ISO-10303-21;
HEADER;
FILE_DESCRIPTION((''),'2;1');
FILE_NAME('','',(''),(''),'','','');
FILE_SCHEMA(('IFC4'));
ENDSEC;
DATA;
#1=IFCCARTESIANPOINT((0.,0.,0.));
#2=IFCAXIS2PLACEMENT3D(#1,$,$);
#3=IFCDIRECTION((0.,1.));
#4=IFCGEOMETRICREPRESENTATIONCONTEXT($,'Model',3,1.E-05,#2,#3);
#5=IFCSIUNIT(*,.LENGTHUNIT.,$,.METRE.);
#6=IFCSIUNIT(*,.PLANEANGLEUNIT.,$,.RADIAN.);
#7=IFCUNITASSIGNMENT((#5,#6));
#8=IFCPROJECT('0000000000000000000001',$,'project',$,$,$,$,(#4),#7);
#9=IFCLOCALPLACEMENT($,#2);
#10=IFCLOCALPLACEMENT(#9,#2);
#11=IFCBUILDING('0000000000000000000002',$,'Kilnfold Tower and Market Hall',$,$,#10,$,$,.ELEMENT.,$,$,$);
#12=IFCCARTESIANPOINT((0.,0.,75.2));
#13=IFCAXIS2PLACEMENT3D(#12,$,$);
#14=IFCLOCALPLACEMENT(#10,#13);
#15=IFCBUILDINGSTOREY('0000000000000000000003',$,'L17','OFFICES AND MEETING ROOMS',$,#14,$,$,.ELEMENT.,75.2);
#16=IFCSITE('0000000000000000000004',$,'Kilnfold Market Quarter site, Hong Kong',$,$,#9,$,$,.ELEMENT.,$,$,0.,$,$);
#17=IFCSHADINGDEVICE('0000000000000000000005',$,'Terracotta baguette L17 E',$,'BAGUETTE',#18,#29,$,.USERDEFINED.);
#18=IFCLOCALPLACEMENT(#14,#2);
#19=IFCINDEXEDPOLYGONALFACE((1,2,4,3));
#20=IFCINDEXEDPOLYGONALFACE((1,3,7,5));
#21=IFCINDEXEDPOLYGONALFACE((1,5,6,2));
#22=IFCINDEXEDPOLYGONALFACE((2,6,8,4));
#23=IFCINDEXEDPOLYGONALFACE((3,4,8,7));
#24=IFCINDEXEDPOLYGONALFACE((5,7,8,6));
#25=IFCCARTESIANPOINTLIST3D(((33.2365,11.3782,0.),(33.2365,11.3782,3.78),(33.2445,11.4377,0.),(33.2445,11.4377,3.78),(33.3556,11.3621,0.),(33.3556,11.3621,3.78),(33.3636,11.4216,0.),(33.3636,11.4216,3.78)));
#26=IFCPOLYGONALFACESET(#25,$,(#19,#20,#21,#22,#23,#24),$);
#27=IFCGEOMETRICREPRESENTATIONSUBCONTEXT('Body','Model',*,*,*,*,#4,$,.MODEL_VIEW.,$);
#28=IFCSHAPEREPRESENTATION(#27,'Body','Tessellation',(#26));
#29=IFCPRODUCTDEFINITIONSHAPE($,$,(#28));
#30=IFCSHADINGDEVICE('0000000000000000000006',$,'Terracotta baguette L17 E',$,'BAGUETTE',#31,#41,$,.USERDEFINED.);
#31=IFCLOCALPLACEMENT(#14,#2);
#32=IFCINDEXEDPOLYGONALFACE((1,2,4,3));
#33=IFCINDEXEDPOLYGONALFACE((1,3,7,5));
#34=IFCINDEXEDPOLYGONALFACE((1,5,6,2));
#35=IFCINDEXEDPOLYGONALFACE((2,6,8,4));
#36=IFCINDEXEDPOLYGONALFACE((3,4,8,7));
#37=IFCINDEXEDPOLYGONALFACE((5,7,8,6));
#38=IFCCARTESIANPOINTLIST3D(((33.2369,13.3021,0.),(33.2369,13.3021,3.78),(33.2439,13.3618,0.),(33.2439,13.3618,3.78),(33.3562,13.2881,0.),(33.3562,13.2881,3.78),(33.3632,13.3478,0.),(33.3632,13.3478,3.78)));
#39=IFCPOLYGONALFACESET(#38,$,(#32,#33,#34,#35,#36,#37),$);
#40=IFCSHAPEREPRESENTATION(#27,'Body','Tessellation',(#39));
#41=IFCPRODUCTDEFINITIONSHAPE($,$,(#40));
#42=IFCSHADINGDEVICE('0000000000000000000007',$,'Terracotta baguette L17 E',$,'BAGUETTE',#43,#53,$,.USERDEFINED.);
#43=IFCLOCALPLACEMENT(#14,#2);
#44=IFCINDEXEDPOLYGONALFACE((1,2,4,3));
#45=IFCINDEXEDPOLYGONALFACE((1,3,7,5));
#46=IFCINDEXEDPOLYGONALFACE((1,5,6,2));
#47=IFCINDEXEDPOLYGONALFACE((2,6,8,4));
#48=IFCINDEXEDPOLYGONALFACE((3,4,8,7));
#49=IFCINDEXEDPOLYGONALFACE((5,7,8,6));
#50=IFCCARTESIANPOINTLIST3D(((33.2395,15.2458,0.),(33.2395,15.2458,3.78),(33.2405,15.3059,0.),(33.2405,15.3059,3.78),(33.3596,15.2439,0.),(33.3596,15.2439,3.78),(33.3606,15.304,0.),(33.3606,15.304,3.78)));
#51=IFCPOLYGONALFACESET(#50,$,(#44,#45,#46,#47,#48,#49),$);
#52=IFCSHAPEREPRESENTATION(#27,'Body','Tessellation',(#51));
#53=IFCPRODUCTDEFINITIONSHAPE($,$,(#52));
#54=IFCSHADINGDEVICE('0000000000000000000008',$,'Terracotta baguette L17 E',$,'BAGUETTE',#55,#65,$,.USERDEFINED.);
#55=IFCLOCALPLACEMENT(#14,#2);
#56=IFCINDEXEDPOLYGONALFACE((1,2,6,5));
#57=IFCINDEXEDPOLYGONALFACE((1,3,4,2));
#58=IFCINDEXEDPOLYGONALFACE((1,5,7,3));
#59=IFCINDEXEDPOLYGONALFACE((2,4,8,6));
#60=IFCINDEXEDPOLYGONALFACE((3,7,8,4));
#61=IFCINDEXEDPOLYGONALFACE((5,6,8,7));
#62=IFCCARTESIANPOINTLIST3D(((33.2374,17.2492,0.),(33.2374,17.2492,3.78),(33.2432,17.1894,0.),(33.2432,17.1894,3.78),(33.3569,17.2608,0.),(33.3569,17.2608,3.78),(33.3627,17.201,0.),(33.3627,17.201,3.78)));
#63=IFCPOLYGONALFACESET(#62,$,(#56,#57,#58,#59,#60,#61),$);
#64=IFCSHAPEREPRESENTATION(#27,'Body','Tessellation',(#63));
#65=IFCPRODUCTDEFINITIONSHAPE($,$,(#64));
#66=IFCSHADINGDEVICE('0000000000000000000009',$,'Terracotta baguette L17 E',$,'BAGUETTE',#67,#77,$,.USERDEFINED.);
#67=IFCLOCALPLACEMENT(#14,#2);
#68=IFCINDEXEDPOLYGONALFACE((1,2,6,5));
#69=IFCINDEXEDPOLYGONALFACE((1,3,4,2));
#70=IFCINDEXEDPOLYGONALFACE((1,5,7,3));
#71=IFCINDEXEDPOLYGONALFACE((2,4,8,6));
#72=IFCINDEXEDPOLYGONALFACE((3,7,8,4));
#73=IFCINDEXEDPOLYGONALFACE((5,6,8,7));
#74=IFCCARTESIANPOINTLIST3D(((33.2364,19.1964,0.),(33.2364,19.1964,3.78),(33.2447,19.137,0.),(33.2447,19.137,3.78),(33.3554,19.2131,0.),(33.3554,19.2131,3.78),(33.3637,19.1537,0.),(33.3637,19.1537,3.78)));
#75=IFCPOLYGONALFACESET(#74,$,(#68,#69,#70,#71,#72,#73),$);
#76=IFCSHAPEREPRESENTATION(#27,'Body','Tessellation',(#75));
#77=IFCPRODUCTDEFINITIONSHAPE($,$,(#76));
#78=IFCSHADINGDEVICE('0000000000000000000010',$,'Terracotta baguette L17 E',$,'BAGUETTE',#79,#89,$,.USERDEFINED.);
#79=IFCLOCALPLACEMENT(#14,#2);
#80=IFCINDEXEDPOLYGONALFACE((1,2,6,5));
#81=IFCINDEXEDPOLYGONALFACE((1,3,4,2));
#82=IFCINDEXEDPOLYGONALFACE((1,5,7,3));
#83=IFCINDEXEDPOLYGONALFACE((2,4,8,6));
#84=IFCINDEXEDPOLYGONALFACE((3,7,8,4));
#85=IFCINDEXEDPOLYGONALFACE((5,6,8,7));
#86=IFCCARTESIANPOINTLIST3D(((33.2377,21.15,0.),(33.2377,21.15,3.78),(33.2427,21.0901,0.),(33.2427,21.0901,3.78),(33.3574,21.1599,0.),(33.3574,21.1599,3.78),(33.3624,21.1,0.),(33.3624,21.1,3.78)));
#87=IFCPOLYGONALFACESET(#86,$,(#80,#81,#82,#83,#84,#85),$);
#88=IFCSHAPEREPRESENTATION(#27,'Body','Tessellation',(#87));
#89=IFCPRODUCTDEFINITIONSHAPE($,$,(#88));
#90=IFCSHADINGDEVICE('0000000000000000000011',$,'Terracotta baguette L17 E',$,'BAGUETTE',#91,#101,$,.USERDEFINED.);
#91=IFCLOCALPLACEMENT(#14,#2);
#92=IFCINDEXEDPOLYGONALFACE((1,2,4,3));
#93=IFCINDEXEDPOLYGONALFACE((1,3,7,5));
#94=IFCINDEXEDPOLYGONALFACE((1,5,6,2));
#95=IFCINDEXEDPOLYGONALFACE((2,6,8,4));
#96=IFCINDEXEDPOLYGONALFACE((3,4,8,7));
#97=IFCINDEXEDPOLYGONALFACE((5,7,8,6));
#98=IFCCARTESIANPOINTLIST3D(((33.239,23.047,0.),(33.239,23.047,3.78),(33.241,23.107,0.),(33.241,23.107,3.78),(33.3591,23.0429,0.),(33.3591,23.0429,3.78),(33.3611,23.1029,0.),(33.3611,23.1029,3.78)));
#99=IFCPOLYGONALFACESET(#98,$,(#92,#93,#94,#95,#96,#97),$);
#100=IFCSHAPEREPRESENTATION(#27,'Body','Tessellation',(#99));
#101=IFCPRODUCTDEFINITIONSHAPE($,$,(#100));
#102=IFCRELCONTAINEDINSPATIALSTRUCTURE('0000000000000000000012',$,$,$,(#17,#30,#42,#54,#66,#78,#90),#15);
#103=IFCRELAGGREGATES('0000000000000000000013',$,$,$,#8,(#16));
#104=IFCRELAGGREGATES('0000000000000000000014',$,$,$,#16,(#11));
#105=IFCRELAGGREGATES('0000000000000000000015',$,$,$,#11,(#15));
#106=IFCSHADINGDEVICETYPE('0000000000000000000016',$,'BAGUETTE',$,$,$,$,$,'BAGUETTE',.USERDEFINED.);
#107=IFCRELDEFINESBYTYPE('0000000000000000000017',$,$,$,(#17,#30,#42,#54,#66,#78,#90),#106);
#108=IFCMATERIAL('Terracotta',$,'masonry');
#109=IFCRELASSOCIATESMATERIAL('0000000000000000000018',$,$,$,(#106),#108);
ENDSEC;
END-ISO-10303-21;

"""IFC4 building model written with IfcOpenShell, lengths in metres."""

from ifc_helpers import new_model, si_unit, direction, frame, origin, origin_2d, place, context, subcontext, project, spatial, rectangle, extrude, source, transform, mapped, material, material_profile, profile_set, type_object, element, save


model = new_model("IFC4")

# Units and contexts
model_context = context("Model", 3, precision=1e-05, world=origin(), true_north=direction((0.0, 1.0)))
body_context = subcontext(model_context, "Body", "Model", "MODEL_VIEW")
ifc_project = project(units=[si_unit("LENGTHUNIT", "METRE"), si_unit("PLANEANGLEUNIT", "RADIAN")], contexts=[model_context])

# Site, building, storey
site_placement = place(None, origin())
site = spatial("IfcSite", under=ifc_project, at=site_placement, Name="Kilnfold Market Quarter site, Hong Kong", CompositionType="ELEMENT", RefElevation=0.0)
building_placement = place(site_placement, origin())
building = spatial("IfcBuilding", under=site, at=building_placement, Name="Kilnfold Tower and Market Hall", CompositionType="ELEMENT")
storey_placement = place(building_placement, frame((0.0, 0.0, 75.2)))
storey = spatial("IfcBuildingStorey", under=building, at=storey_placement, Name="L17", Description="OFFICES AND MEETING ROOMS", CompositionType="ELEMENT", Elevation=75.2)

# Shading devices
ifc_material_1 = material(Name="Terracotta", Category="masonry")
ifc_material_profile_1 = material_profile(ifc_material_1, rectangle(XDim=0.0601, YDim=0.1201, at=origin_2d()), Name="BAG 60x120")
ifc_profile_set_1 = profile_set([ifc_material_profile_1], Name="Terracotta")
shading_device_type = type_object("IfcShadingDeviceType", Name="BAGUETTE", ElementType="BAGUETTE", PredefinedType="USERDEFINED", material=ifc_profile_set_1)
shared_shape_1 = source(origin(), body_context, "Body", "SweptSolid", [
    extrude(rectangle(XDim=0.0601, YDim=0.1201, at=origin_2d()), origin(), (0.0, 0.0, 1.0), 3.78),
])
for number, where, z_axis, x_axis, name in (
    (1, (33.3, 11.3999, 0.0), (0.0, 0.0, 1.0), (0.133642, 0.99103, 0.0), "Terracotta baguette L17 E"),
    (2, (33.3, 13.325, 0.0), (0.0, 0.0, 1.0), (0.116513, 0.993189, 0.0), "Terracotta baguette L17 E"),
    (3, (33.3, 15.2749, 0.0), (0.0, 0.0, 1.0), (0.016084, 0.999871, 0.0), "Terracotta baguette L17 E"),
    (4, (33.3, 17.2251, 0.0), (0.0, 0.0, 1.0), (-0.096014, 0.99538, 0.0), "Terracotta baguette L17 E"),
    (5, (33.3, 19.175, 0.0), (0.0, 0.0, 1.0), (-0.13889, 0.990308, 0.0), "Terracotta baguette L17 E"),
    (6, (33.3, 21.125, 0.0), (0.0, 0.0, 1.0), (-0.082344, 0.996604, 0.0), "Terracotta baguette L17 E"),
    (7, (33.3, 23.075, 0.0), (0.0, 0.0, 1.0), (0.03367, 0.999433, 0.0), "Terracotta baguette L17 E"),
):
    element("IfcShadingDevice", number, at=place(storey_placement, frame(where, z_axis=z_axis, x_axis=x_axis)), inside=storey, type_object=shading_device_type, Name=name, ObjectType="BAGUETTE", PredefinedType="USERDEFINED", context=body_context, shape_type="MappedRepresentation", body=[
        mapped(shared_shape_1, transform((0.0, 0.0, 0.0))),
    ])

save(model, "model.ifc")
